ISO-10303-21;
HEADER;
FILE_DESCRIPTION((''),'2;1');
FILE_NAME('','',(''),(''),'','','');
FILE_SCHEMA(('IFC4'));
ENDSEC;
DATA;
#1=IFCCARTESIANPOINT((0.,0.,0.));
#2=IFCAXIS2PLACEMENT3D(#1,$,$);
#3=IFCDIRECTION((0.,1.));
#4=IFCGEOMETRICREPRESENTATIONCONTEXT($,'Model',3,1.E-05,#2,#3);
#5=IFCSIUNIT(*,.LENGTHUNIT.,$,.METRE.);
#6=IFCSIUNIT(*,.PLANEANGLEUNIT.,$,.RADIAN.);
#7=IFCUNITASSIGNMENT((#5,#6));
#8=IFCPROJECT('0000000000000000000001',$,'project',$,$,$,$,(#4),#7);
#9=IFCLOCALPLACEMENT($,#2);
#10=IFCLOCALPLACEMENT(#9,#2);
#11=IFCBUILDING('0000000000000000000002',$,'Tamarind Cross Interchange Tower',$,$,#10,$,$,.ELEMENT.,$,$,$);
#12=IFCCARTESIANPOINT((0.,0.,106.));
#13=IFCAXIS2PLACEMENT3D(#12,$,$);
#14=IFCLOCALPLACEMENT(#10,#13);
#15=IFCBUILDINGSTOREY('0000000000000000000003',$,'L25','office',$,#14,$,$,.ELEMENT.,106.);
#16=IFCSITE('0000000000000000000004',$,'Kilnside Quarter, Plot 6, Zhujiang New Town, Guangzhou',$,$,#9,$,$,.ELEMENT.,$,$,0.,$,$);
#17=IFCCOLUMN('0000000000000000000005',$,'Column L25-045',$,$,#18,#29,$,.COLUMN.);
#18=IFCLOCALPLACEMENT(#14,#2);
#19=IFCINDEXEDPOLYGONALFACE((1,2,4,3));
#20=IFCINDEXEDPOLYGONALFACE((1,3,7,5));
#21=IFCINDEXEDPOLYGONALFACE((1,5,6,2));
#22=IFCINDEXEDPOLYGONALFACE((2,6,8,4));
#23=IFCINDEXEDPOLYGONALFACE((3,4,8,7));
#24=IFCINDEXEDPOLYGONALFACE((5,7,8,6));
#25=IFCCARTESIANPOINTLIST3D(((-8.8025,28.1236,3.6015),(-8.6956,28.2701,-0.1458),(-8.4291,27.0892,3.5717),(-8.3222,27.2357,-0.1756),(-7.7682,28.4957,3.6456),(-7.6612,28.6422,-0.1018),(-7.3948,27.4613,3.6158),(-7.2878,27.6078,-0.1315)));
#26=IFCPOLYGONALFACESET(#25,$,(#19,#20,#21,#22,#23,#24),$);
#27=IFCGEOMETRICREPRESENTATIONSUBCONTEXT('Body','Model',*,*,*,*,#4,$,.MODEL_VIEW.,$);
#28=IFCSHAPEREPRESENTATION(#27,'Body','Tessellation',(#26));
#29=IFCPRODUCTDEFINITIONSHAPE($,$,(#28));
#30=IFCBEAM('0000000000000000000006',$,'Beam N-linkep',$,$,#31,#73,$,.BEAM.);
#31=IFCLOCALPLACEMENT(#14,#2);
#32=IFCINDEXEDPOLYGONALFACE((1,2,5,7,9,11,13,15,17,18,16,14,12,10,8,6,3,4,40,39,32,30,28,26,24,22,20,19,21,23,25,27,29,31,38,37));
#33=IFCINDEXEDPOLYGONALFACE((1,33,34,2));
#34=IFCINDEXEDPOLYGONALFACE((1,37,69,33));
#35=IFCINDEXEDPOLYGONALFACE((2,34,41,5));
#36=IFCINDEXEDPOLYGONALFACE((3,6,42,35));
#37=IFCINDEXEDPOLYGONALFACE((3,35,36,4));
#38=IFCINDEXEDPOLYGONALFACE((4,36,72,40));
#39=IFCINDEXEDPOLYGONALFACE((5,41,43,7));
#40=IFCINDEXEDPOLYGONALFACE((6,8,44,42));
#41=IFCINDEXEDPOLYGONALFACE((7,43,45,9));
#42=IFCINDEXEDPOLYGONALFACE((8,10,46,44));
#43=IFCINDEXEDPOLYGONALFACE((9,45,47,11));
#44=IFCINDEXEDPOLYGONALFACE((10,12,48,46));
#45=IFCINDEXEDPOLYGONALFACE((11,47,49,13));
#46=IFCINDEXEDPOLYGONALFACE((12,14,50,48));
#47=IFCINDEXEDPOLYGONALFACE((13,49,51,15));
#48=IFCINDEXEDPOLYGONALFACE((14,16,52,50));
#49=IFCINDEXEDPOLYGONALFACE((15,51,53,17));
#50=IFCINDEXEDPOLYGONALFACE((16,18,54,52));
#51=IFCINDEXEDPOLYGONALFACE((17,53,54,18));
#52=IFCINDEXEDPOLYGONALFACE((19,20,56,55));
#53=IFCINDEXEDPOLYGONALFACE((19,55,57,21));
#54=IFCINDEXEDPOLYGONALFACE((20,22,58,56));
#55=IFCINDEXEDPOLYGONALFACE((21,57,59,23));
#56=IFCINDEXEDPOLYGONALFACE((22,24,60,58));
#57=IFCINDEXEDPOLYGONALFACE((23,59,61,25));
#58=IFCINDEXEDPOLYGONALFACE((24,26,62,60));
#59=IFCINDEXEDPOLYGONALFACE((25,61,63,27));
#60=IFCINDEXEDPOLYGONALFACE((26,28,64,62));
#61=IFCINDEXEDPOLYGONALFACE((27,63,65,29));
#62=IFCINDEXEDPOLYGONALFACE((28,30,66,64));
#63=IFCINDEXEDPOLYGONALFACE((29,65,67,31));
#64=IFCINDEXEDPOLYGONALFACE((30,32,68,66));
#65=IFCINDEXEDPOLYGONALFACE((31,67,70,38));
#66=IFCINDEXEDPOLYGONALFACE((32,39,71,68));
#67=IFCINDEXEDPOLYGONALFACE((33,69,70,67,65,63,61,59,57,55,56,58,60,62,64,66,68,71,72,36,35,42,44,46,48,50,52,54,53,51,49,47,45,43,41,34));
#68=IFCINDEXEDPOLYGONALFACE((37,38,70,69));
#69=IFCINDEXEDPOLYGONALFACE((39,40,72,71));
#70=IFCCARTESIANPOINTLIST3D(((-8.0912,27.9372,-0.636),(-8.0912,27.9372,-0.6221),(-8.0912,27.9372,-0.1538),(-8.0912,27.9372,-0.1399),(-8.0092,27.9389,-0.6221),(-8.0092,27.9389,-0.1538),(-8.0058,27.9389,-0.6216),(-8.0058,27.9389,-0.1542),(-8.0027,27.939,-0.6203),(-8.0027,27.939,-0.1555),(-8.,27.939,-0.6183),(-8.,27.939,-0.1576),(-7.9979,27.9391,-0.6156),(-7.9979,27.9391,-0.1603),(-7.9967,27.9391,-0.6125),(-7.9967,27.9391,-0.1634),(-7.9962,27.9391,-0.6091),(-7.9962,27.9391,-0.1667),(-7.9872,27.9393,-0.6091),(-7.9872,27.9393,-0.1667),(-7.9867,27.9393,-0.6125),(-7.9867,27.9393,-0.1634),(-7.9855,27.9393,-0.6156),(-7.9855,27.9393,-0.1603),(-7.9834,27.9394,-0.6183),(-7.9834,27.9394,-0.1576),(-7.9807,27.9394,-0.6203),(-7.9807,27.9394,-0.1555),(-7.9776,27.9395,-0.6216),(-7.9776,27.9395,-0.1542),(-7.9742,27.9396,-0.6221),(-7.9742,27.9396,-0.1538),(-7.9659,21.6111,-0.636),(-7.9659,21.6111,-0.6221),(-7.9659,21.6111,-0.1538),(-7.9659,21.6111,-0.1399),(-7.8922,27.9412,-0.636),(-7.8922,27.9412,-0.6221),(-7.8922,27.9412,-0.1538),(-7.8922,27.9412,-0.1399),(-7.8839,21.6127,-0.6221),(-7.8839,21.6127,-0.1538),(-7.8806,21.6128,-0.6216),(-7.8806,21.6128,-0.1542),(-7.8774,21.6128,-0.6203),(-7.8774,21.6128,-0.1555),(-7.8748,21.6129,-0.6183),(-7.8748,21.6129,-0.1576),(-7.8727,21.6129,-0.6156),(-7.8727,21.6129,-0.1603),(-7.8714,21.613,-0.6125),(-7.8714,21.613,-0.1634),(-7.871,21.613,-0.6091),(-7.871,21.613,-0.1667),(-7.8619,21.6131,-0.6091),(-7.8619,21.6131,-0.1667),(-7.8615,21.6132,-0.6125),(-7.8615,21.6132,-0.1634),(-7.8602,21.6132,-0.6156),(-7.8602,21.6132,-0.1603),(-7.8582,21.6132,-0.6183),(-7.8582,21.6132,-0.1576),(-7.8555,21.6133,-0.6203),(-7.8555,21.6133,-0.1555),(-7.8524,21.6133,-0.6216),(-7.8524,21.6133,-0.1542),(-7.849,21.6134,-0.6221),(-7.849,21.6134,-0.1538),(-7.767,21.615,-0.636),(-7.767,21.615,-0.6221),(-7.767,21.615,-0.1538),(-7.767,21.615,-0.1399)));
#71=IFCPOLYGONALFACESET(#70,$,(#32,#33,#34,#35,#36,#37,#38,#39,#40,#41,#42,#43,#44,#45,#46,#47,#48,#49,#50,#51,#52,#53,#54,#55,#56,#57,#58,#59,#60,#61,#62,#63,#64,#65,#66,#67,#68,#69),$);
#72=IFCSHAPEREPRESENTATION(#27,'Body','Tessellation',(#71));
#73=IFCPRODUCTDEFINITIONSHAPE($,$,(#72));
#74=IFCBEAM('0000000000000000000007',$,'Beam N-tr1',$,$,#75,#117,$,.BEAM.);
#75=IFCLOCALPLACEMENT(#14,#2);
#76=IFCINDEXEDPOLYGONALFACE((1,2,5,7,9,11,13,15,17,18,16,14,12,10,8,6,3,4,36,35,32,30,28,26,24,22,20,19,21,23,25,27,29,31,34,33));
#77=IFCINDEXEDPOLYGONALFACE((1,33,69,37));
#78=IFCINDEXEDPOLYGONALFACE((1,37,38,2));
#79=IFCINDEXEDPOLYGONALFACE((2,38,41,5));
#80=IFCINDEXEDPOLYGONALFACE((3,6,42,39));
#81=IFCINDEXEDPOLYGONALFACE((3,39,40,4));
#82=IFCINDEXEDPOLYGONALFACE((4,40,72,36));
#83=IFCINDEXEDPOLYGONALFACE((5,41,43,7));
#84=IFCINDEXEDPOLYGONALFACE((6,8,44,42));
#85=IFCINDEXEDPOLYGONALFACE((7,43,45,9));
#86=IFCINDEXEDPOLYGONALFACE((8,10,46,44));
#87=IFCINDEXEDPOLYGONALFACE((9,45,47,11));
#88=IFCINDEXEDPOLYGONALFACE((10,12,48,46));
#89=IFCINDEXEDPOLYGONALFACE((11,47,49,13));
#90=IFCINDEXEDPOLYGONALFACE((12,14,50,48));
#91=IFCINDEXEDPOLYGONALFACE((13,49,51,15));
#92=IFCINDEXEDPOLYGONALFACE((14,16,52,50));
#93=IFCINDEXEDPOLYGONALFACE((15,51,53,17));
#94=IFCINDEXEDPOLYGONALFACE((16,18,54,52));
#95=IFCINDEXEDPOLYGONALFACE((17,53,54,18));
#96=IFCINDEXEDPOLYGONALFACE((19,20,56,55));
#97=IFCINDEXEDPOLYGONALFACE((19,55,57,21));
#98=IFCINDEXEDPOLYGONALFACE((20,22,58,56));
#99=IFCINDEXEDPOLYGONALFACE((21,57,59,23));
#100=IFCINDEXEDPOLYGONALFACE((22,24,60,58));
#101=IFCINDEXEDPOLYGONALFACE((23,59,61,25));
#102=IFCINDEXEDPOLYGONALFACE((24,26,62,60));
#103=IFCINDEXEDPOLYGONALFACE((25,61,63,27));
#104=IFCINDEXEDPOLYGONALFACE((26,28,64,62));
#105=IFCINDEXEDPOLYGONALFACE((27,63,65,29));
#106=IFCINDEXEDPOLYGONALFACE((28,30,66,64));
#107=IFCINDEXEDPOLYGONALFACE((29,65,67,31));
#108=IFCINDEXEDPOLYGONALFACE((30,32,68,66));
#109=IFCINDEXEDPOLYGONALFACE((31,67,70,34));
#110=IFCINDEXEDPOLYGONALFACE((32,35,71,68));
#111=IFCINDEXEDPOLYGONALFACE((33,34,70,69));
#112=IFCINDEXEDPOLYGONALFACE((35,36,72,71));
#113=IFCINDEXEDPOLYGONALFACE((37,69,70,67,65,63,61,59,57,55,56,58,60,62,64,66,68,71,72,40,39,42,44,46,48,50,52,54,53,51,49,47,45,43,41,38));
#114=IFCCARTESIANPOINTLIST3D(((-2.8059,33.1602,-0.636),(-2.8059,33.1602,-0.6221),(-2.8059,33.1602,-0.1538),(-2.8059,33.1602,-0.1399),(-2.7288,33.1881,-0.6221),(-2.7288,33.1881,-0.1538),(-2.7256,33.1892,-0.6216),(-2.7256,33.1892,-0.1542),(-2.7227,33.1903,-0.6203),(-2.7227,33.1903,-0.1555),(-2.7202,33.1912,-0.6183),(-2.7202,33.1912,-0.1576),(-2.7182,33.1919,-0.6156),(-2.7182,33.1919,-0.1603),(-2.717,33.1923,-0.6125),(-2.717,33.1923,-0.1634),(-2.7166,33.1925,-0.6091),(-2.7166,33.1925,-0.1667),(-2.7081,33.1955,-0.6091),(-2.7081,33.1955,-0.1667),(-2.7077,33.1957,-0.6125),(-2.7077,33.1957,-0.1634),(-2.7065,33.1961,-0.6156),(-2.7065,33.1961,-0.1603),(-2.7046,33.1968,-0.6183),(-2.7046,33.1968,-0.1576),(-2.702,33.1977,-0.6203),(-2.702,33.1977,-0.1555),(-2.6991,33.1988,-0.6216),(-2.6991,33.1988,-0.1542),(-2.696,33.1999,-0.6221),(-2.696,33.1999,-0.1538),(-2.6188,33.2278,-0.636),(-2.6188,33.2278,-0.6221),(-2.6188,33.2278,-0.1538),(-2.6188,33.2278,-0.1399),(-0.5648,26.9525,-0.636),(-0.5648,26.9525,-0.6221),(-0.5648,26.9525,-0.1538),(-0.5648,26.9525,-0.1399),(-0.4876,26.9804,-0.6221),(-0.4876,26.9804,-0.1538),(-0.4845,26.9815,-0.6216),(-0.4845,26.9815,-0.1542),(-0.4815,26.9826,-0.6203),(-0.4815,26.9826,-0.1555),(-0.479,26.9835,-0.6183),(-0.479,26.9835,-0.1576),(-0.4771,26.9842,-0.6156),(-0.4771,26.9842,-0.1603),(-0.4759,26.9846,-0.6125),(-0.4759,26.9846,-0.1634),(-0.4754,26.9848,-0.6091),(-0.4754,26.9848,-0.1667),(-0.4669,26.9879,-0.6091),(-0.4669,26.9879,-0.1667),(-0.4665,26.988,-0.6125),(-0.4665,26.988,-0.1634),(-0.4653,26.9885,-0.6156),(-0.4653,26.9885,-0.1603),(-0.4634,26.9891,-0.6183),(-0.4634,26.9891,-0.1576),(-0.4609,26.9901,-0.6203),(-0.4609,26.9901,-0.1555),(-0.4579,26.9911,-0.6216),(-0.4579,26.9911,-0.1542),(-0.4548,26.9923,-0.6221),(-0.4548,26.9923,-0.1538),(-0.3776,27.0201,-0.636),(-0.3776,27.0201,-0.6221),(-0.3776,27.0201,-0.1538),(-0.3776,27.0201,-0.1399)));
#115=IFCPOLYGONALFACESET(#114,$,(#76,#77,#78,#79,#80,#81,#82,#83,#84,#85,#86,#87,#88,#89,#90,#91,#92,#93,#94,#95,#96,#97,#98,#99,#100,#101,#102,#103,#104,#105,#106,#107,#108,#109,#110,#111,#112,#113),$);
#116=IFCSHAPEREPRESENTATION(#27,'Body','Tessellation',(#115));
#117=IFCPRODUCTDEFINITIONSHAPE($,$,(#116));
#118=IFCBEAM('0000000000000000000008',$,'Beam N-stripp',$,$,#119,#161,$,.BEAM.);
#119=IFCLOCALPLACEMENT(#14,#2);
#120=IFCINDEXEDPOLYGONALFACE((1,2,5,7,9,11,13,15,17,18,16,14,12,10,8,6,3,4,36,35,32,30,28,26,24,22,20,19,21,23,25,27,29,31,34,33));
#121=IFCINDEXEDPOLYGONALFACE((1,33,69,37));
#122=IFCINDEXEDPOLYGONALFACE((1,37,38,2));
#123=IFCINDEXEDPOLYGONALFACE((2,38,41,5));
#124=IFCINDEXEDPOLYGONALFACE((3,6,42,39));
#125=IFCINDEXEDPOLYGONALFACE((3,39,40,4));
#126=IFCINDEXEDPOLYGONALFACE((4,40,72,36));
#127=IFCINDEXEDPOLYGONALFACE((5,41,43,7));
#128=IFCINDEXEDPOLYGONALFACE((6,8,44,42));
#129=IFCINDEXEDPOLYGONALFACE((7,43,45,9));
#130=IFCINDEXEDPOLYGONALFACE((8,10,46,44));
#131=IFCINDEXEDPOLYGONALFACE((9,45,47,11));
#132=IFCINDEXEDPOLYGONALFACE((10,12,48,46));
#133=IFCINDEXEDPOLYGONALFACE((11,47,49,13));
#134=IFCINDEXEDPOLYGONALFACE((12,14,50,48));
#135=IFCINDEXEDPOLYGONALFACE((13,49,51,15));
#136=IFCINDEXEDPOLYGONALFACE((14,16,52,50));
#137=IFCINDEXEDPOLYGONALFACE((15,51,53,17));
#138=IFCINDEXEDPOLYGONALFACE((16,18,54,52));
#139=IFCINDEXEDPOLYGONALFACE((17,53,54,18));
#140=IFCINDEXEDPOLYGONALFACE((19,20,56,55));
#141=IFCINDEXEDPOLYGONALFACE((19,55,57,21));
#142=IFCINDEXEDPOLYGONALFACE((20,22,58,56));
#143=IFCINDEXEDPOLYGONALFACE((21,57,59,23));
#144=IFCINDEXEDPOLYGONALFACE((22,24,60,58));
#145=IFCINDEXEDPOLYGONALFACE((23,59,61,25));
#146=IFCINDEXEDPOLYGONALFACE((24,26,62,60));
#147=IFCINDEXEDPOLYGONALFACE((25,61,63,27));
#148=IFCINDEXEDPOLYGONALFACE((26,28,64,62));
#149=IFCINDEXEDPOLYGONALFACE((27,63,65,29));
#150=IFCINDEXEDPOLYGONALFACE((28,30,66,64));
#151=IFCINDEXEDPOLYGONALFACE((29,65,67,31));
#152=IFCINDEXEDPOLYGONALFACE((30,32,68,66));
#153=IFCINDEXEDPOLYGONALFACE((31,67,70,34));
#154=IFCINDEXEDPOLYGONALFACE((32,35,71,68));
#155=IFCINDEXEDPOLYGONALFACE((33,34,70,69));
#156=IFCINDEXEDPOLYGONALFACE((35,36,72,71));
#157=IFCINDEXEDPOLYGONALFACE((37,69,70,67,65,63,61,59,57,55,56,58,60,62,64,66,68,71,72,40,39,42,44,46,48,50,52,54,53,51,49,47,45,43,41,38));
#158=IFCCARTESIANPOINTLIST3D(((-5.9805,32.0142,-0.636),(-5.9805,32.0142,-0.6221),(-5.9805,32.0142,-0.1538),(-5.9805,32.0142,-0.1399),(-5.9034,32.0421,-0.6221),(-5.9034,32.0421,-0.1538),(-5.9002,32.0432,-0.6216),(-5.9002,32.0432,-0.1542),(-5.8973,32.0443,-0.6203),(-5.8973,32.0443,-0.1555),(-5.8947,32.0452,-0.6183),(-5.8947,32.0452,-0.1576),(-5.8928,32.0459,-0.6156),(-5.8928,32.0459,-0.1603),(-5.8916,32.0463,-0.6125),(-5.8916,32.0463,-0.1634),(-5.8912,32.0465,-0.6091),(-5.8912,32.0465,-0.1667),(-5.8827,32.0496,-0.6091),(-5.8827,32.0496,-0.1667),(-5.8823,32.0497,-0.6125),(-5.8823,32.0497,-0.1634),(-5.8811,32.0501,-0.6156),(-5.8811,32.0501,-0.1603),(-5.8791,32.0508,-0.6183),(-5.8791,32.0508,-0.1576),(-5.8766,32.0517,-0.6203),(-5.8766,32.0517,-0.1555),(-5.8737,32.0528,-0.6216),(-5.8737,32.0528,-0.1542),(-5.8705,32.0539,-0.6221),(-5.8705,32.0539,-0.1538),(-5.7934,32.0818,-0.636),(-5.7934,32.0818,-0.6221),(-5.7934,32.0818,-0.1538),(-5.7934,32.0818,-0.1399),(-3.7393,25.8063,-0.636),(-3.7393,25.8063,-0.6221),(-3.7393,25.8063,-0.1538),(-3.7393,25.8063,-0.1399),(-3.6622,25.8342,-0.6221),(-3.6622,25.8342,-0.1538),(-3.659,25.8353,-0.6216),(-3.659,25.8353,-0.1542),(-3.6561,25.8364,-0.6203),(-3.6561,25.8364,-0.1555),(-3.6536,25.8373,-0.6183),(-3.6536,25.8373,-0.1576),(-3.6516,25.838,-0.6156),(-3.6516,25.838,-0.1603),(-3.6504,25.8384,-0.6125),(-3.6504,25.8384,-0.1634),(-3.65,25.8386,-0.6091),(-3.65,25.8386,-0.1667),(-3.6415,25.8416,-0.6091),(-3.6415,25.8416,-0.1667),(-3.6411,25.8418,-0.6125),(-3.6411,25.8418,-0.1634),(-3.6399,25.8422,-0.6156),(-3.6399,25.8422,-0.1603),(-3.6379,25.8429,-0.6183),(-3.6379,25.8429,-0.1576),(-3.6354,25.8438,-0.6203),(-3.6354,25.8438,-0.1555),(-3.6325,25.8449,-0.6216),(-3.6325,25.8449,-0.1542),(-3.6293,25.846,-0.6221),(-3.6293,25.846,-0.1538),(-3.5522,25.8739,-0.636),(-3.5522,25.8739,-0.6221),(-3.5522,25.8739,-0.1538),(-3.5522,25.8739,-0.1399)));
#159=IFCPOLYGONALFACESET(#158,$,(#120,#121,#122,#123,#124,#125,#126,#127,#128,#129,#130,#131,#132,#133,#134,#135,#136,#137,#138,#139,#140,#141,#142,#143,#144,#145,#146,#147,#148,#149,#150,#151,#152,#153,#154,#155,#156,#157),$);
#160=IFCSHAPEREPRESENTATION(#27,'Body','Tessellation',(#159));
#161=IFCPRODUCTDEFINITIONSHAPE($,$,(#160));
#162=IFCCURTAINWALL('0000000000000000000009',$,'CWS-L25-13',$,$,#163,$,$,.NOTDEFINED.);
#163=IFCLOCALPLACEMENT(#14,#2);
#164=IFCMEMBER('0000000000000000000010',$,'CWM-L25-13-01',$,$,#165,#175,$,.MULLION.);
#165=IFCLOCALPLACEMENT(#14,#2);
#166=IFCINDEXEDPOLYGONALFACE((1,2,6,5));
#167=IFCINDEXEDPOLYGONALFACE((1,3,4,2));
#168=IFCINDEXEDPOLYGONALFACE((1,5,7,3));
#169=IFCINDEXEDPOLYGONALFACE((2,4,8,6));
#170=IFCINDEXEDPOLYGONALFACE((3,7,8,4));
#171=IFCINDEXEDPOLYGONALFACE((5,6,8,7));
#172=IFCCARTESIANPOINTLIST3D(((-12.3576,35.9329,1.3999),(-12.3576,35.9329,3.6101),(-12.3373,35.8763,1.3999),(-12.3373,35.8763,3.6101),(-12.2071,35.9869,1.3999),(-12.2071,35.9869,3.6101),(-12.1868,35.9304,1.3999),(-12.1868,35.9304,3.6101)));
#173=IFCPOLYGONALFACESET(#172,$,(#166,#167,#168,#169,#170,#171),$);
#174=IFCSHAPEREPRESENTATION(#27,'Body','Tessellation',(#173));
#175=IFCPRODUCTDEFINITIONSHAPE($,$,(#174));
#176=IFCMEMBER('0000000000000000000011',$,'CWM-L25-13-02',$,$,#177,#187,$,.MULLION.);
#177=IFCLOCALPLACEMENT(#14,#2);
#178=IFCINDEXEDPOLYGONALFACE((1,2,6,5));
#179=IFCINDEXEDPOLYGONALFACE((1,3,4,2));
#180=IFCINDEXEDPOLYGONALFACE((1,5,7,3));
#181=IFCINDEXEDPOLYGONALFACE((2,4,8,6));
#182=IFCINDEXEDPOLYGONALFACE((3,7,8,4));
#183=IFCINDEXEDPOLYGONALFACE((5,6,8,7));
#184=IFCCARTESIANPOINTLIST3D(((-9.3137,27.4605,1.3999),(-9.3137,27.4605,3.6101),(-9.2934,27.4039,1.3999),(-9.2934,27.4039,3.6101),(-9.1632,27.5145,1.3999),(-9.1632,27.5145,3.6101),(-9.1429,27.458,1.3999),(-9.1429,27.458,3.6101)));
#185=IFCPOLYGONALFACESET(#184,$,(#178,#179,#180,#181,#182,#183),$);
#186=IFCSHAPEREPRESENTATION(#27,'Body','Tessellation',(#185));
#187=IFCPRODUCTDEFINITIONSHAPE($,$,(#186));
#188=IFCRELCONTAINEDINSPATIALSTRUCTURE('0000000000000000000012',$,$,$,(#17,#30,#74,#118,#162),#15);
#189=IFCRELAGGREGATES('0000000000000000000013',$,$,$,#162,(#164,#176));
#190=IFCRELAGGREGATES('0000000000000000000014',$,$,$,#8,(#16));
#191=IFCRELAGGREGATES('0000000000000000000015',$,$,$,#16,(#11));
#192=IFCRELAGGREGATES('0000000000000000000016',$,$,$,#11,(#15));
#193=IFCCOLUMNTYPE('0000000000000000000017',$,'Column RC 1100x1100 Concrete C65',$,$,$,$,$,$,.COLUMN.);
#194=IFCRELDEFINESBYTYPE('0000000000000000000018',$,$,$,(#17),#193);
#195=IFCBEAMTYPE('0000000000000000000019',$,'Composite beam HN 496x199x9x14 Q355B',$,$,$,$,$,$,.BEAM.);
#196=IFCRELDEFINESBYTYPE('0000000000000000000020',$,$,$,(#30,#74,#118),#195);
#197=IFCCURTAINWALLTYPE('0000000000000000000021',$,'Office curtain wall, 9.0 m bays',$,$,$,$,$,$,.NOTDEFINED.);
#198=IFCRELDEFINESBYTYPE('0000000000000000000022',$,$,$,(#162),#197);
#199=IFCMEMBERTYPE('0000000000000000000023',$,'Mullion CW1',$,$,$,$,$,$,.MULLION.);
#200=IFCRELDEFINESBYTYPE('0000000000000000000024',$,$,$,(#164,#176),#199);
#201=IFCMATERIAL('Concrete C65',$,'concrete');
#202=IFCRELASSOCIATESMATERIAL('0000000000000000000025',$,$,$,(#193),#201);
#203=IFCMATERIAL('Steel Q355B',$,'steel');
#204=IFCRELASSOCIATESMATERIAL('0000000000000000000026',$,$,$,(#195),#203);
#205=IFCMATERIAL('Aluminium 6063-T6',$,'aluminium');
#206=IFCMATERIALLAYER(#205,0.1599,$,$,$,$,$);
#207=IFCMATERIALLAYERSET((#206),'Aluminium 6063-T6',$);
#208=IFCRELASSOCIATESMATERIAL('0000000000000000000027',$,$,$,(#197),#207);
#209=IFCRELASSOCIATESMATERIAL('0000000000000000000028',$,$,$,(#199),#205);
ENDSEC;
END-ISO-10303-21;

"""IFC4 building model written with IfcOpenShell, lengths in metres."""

from ifc_helpers import new_model, si_unit, direction, frame, origin, origin_2d, place, context, subcontext, project, spatial, rectangle, i_section, extrude, material, layer, layer_set, material_profile, profile_set, type_object, element, aggregate, save


model = new_model("IFC4")

# Units and contexts
model_context = context("Model", 3, precision=1e-05, world=origin(), true_north=direction((0.0, 1.0)))
body_context = subcontext(model_context, "Body", "Model", "MODEL_VIEW")
ifc_project = project(units=[si_unit("LENGTHUNIT", "METRE"), si_unit("PLANEANGLEUNIT", "RADIAN")], contexts=[model_context])

# Site, building, storey
site_placement = place(None, origin())
site = spatial("IfcSite", under=ifc_project, at=site_placement, Name="Kilnside Quarter, Plot 6, Zhujiang New Town, Guangzhou", CompositionType="ELEMENT", RefElevation=0.0)
building_placement = place(site_placement, origin())
building = spatial("IfcBuilding", under=site, at=building_placement, Name="Tamarind Cross Interchange Tower", CompositionType="ELEMENT")
storey_placement = place(building_placement, frame((0.0, 0.0, 106.0)))
storey = spatial("IfcBuildingStorey", under=building, at=storey_placement, Name="L25", Description="office", CompositionType="ELEMENT", Elevation=106.0)

# Column
ifc_material_1 = material(Name="Concrete C65", Category="concrete")
ifc_material_profile_1 = material_profile(ifc_material_1, rectangle(XDim=1.1001, YDim=1.1001, at=origin_2d()), Name="RC 1100x1100")
ifc_profile_set_1 = profile_set([ifc_material_profile_1], Name="Concrete C65")
column_type = type_object("IfcColumnType", Name="Column RC 1100x1100 Concrete C65", PredefinedType="COLUMN", material=ifc_profile_set_1)
column_placement = place(storey_placement, frame((-7.9917, 27.939, -0.1387), z_axis=(-0.028503, -0.039045, 0.998831), x_axis=(0.940205, 0.338246, 0.040052)))
element("IfcColumn", 1, at=column_placement, inside=storey, type_object=column_type, Name="Column L25-045", PredefinedType="COLUMN", context=body_context, shape_type="SweptSolid", body=[
    extrude(rectangle(XDim=1.1001, YDim=1.1001, at=origin_2d()), origin(), (0.0, 0.0, 1.0), 3.7517),
])

# Beams
ifc_material_2 = material(Name="Steel Q355B", Category="steel")
ifc_material_profile_2 = material_profile(ifc_material_2, i_section(OverallWidth=0.199, OverallDepth=0.4961, WebThickness=0.009, FlangeThickness=0.0139, FilletRadius=0.0129, at=origin_2d()), Name="HN 496x199x9x14")
ifc_profile_set_2 = profile_set([ifc_material_profile_2], Name="Steel Q355B")
beam_type = type_object("IfcBeamType", Name="Composite beam HN 496x199x9x14 Q355B", PredefinedType="BEAM", material=ifc_profile_set_2)
beam_1_placement = place(storey_placement, frame((-7.9917, 27.9392, -0.3879), z_axis=(0.019794, -0.999804, 0.0), x_axis=(0.999804, 0.019794, 0.0)))
element("IfcBeam", 2, at=beam_1_placement, inside=storey, type_object=beam_type, Name="Beam N-linkep", PredefinedType="BEAM", context=body_context, shape_type="SweptSolid", body=[
    extrude(i_section(OverallWidth=0.199, OverallDepth=0.4961, WebThickness=0.009, FlangeThickness=0.0139, FilletRadius=0.0129, at=origin_2d()), origin(), (0.0, 0.0, 1.0), 6.3274),
])
beam_2_placement = place(storey_placement, frame((-0.4712, 26.9863, -0.3879), z_axis=(-0.33958, 0.940577, 0.0), x_axis=(-0.940577, -0.33958, 0.0)))
element("IfcBeam", 3, at=beam_2_placement, inside=storey, type_object=beam_type, Name="Beam N-tr1", PredefinedType="BEAM", context=body_context, shape_type="SweptSolid", body=[
    extrude(i_section(OverallWidth=0.199, OverallDepth=0.4961, WebThickness=0.009, FlangeThickness=0.0139, FilletRadius=0.0129, at=origin_2d()), origin(), (0.0, 0.0, 1.0), 6.5999),
])
beam_3_placement = place(storey_placement, frame((-3.6458, 25.8401, -0.3879), z_axis=(-0.339568, 0.940581, 0.0), x_axis=(-0.940581, -0.339568, 0.0)))
element("IfcBeam", 4, at=beam_3_placement, inside=storey, type_object=beam_type, Name="Beam N-stripp", PredefinedType="BEAM", context=body_context, shape_type="SweptSolid", body=[
    extrude(i_section(OverallWidth=0.199, OverallDepth=0.4961, WebThickness=0.009, FlangeThickness=0.0139, FilletRadius=0.0129, at=origin_2d()), origin(), (0.0, 0.0, 1.0), 6.6001),
])

# Curtain wall, members
ifc_material_3 = material(Name="Aluminium 6063-T6", Category="aluminium")
ifc_layer_1 = layer(ifc_material_3, 0.1599)
ifc_layer_set_1 = layer_set([ifc_layer_1], Name="Aluminium 6063-T6")
curtain_wall_type = type_object("IfcCurtainWallType", Name="Office curtain wall, 9.0 m bays", PredefinedType="NOTDEFINED", material=ifc_layer_set_1)
curtain_wall_1_placement = place(storey_placement, origin())
curtain_wall_1 = element("IfcCurtainWall", 5, at=curtain_wall_1_placement, inside=storey, type_object=curtain_wall_type, Name="CWS-L25-13", PredefinedType="NOTDEFINED")
ifc_material_profile_3 = material_profile(ifc_material_3, rectangle(XDim=0.0601, YDim=0.1599, at=origin_2d()), Name="Mullion CW1")
ifc_profile_set_3 = profile_set([ifc_material_profile_3], Name="Aluminium 6063-T6")
member_type = type_object("IfcMemberType", Name="Mullion CW1", PredefinedType="MULLION", material=ifc_profile_set_3)
member_1_placement = place(storey_placement, frame((-12.2722, 35.9316, 1.3999), z_axis=(0.0, 0.0, 1.0), x_axis=(0.338129, -0.9411, 0.0)))
member_1 = element("IfcMember", 6, at=member_1_placement, type_object=member_type, Name="CWM-L25-13-01", PredefinedType="MULLION", context=body_context, shape_type="SweptSolid", body=[
    extrude(rectangle(XDim=0.0601, YDim=0.1599, at=origin_2d()), origin(), (0.0, 0.0, 1.0), 2.2102),
])
member_2_placement = place(storey_placement, frame((-9.2283, 27.4592, 1.3999), z_axis=(0.0, 0.0, 1.0), x_axis=(0.338129, -0.9411, 0.0)))
member_2 = element("IfcMember", 7, at=member_2_placement, type_object=member_type, Name="CWM-L25-13-02", PredefinedType="MULLION", context=body_context, shape_type="SweptSolid", body=[
    extrude(rectangle(XDim=0.0601, YDim=0.1599, at=origin_2d()), origin(), (0.0, 0.0, 1.0), 2.2102),
])
aggregate(curtain_wall_1, [member_1, member_2])

save(model, "model.ifc")
